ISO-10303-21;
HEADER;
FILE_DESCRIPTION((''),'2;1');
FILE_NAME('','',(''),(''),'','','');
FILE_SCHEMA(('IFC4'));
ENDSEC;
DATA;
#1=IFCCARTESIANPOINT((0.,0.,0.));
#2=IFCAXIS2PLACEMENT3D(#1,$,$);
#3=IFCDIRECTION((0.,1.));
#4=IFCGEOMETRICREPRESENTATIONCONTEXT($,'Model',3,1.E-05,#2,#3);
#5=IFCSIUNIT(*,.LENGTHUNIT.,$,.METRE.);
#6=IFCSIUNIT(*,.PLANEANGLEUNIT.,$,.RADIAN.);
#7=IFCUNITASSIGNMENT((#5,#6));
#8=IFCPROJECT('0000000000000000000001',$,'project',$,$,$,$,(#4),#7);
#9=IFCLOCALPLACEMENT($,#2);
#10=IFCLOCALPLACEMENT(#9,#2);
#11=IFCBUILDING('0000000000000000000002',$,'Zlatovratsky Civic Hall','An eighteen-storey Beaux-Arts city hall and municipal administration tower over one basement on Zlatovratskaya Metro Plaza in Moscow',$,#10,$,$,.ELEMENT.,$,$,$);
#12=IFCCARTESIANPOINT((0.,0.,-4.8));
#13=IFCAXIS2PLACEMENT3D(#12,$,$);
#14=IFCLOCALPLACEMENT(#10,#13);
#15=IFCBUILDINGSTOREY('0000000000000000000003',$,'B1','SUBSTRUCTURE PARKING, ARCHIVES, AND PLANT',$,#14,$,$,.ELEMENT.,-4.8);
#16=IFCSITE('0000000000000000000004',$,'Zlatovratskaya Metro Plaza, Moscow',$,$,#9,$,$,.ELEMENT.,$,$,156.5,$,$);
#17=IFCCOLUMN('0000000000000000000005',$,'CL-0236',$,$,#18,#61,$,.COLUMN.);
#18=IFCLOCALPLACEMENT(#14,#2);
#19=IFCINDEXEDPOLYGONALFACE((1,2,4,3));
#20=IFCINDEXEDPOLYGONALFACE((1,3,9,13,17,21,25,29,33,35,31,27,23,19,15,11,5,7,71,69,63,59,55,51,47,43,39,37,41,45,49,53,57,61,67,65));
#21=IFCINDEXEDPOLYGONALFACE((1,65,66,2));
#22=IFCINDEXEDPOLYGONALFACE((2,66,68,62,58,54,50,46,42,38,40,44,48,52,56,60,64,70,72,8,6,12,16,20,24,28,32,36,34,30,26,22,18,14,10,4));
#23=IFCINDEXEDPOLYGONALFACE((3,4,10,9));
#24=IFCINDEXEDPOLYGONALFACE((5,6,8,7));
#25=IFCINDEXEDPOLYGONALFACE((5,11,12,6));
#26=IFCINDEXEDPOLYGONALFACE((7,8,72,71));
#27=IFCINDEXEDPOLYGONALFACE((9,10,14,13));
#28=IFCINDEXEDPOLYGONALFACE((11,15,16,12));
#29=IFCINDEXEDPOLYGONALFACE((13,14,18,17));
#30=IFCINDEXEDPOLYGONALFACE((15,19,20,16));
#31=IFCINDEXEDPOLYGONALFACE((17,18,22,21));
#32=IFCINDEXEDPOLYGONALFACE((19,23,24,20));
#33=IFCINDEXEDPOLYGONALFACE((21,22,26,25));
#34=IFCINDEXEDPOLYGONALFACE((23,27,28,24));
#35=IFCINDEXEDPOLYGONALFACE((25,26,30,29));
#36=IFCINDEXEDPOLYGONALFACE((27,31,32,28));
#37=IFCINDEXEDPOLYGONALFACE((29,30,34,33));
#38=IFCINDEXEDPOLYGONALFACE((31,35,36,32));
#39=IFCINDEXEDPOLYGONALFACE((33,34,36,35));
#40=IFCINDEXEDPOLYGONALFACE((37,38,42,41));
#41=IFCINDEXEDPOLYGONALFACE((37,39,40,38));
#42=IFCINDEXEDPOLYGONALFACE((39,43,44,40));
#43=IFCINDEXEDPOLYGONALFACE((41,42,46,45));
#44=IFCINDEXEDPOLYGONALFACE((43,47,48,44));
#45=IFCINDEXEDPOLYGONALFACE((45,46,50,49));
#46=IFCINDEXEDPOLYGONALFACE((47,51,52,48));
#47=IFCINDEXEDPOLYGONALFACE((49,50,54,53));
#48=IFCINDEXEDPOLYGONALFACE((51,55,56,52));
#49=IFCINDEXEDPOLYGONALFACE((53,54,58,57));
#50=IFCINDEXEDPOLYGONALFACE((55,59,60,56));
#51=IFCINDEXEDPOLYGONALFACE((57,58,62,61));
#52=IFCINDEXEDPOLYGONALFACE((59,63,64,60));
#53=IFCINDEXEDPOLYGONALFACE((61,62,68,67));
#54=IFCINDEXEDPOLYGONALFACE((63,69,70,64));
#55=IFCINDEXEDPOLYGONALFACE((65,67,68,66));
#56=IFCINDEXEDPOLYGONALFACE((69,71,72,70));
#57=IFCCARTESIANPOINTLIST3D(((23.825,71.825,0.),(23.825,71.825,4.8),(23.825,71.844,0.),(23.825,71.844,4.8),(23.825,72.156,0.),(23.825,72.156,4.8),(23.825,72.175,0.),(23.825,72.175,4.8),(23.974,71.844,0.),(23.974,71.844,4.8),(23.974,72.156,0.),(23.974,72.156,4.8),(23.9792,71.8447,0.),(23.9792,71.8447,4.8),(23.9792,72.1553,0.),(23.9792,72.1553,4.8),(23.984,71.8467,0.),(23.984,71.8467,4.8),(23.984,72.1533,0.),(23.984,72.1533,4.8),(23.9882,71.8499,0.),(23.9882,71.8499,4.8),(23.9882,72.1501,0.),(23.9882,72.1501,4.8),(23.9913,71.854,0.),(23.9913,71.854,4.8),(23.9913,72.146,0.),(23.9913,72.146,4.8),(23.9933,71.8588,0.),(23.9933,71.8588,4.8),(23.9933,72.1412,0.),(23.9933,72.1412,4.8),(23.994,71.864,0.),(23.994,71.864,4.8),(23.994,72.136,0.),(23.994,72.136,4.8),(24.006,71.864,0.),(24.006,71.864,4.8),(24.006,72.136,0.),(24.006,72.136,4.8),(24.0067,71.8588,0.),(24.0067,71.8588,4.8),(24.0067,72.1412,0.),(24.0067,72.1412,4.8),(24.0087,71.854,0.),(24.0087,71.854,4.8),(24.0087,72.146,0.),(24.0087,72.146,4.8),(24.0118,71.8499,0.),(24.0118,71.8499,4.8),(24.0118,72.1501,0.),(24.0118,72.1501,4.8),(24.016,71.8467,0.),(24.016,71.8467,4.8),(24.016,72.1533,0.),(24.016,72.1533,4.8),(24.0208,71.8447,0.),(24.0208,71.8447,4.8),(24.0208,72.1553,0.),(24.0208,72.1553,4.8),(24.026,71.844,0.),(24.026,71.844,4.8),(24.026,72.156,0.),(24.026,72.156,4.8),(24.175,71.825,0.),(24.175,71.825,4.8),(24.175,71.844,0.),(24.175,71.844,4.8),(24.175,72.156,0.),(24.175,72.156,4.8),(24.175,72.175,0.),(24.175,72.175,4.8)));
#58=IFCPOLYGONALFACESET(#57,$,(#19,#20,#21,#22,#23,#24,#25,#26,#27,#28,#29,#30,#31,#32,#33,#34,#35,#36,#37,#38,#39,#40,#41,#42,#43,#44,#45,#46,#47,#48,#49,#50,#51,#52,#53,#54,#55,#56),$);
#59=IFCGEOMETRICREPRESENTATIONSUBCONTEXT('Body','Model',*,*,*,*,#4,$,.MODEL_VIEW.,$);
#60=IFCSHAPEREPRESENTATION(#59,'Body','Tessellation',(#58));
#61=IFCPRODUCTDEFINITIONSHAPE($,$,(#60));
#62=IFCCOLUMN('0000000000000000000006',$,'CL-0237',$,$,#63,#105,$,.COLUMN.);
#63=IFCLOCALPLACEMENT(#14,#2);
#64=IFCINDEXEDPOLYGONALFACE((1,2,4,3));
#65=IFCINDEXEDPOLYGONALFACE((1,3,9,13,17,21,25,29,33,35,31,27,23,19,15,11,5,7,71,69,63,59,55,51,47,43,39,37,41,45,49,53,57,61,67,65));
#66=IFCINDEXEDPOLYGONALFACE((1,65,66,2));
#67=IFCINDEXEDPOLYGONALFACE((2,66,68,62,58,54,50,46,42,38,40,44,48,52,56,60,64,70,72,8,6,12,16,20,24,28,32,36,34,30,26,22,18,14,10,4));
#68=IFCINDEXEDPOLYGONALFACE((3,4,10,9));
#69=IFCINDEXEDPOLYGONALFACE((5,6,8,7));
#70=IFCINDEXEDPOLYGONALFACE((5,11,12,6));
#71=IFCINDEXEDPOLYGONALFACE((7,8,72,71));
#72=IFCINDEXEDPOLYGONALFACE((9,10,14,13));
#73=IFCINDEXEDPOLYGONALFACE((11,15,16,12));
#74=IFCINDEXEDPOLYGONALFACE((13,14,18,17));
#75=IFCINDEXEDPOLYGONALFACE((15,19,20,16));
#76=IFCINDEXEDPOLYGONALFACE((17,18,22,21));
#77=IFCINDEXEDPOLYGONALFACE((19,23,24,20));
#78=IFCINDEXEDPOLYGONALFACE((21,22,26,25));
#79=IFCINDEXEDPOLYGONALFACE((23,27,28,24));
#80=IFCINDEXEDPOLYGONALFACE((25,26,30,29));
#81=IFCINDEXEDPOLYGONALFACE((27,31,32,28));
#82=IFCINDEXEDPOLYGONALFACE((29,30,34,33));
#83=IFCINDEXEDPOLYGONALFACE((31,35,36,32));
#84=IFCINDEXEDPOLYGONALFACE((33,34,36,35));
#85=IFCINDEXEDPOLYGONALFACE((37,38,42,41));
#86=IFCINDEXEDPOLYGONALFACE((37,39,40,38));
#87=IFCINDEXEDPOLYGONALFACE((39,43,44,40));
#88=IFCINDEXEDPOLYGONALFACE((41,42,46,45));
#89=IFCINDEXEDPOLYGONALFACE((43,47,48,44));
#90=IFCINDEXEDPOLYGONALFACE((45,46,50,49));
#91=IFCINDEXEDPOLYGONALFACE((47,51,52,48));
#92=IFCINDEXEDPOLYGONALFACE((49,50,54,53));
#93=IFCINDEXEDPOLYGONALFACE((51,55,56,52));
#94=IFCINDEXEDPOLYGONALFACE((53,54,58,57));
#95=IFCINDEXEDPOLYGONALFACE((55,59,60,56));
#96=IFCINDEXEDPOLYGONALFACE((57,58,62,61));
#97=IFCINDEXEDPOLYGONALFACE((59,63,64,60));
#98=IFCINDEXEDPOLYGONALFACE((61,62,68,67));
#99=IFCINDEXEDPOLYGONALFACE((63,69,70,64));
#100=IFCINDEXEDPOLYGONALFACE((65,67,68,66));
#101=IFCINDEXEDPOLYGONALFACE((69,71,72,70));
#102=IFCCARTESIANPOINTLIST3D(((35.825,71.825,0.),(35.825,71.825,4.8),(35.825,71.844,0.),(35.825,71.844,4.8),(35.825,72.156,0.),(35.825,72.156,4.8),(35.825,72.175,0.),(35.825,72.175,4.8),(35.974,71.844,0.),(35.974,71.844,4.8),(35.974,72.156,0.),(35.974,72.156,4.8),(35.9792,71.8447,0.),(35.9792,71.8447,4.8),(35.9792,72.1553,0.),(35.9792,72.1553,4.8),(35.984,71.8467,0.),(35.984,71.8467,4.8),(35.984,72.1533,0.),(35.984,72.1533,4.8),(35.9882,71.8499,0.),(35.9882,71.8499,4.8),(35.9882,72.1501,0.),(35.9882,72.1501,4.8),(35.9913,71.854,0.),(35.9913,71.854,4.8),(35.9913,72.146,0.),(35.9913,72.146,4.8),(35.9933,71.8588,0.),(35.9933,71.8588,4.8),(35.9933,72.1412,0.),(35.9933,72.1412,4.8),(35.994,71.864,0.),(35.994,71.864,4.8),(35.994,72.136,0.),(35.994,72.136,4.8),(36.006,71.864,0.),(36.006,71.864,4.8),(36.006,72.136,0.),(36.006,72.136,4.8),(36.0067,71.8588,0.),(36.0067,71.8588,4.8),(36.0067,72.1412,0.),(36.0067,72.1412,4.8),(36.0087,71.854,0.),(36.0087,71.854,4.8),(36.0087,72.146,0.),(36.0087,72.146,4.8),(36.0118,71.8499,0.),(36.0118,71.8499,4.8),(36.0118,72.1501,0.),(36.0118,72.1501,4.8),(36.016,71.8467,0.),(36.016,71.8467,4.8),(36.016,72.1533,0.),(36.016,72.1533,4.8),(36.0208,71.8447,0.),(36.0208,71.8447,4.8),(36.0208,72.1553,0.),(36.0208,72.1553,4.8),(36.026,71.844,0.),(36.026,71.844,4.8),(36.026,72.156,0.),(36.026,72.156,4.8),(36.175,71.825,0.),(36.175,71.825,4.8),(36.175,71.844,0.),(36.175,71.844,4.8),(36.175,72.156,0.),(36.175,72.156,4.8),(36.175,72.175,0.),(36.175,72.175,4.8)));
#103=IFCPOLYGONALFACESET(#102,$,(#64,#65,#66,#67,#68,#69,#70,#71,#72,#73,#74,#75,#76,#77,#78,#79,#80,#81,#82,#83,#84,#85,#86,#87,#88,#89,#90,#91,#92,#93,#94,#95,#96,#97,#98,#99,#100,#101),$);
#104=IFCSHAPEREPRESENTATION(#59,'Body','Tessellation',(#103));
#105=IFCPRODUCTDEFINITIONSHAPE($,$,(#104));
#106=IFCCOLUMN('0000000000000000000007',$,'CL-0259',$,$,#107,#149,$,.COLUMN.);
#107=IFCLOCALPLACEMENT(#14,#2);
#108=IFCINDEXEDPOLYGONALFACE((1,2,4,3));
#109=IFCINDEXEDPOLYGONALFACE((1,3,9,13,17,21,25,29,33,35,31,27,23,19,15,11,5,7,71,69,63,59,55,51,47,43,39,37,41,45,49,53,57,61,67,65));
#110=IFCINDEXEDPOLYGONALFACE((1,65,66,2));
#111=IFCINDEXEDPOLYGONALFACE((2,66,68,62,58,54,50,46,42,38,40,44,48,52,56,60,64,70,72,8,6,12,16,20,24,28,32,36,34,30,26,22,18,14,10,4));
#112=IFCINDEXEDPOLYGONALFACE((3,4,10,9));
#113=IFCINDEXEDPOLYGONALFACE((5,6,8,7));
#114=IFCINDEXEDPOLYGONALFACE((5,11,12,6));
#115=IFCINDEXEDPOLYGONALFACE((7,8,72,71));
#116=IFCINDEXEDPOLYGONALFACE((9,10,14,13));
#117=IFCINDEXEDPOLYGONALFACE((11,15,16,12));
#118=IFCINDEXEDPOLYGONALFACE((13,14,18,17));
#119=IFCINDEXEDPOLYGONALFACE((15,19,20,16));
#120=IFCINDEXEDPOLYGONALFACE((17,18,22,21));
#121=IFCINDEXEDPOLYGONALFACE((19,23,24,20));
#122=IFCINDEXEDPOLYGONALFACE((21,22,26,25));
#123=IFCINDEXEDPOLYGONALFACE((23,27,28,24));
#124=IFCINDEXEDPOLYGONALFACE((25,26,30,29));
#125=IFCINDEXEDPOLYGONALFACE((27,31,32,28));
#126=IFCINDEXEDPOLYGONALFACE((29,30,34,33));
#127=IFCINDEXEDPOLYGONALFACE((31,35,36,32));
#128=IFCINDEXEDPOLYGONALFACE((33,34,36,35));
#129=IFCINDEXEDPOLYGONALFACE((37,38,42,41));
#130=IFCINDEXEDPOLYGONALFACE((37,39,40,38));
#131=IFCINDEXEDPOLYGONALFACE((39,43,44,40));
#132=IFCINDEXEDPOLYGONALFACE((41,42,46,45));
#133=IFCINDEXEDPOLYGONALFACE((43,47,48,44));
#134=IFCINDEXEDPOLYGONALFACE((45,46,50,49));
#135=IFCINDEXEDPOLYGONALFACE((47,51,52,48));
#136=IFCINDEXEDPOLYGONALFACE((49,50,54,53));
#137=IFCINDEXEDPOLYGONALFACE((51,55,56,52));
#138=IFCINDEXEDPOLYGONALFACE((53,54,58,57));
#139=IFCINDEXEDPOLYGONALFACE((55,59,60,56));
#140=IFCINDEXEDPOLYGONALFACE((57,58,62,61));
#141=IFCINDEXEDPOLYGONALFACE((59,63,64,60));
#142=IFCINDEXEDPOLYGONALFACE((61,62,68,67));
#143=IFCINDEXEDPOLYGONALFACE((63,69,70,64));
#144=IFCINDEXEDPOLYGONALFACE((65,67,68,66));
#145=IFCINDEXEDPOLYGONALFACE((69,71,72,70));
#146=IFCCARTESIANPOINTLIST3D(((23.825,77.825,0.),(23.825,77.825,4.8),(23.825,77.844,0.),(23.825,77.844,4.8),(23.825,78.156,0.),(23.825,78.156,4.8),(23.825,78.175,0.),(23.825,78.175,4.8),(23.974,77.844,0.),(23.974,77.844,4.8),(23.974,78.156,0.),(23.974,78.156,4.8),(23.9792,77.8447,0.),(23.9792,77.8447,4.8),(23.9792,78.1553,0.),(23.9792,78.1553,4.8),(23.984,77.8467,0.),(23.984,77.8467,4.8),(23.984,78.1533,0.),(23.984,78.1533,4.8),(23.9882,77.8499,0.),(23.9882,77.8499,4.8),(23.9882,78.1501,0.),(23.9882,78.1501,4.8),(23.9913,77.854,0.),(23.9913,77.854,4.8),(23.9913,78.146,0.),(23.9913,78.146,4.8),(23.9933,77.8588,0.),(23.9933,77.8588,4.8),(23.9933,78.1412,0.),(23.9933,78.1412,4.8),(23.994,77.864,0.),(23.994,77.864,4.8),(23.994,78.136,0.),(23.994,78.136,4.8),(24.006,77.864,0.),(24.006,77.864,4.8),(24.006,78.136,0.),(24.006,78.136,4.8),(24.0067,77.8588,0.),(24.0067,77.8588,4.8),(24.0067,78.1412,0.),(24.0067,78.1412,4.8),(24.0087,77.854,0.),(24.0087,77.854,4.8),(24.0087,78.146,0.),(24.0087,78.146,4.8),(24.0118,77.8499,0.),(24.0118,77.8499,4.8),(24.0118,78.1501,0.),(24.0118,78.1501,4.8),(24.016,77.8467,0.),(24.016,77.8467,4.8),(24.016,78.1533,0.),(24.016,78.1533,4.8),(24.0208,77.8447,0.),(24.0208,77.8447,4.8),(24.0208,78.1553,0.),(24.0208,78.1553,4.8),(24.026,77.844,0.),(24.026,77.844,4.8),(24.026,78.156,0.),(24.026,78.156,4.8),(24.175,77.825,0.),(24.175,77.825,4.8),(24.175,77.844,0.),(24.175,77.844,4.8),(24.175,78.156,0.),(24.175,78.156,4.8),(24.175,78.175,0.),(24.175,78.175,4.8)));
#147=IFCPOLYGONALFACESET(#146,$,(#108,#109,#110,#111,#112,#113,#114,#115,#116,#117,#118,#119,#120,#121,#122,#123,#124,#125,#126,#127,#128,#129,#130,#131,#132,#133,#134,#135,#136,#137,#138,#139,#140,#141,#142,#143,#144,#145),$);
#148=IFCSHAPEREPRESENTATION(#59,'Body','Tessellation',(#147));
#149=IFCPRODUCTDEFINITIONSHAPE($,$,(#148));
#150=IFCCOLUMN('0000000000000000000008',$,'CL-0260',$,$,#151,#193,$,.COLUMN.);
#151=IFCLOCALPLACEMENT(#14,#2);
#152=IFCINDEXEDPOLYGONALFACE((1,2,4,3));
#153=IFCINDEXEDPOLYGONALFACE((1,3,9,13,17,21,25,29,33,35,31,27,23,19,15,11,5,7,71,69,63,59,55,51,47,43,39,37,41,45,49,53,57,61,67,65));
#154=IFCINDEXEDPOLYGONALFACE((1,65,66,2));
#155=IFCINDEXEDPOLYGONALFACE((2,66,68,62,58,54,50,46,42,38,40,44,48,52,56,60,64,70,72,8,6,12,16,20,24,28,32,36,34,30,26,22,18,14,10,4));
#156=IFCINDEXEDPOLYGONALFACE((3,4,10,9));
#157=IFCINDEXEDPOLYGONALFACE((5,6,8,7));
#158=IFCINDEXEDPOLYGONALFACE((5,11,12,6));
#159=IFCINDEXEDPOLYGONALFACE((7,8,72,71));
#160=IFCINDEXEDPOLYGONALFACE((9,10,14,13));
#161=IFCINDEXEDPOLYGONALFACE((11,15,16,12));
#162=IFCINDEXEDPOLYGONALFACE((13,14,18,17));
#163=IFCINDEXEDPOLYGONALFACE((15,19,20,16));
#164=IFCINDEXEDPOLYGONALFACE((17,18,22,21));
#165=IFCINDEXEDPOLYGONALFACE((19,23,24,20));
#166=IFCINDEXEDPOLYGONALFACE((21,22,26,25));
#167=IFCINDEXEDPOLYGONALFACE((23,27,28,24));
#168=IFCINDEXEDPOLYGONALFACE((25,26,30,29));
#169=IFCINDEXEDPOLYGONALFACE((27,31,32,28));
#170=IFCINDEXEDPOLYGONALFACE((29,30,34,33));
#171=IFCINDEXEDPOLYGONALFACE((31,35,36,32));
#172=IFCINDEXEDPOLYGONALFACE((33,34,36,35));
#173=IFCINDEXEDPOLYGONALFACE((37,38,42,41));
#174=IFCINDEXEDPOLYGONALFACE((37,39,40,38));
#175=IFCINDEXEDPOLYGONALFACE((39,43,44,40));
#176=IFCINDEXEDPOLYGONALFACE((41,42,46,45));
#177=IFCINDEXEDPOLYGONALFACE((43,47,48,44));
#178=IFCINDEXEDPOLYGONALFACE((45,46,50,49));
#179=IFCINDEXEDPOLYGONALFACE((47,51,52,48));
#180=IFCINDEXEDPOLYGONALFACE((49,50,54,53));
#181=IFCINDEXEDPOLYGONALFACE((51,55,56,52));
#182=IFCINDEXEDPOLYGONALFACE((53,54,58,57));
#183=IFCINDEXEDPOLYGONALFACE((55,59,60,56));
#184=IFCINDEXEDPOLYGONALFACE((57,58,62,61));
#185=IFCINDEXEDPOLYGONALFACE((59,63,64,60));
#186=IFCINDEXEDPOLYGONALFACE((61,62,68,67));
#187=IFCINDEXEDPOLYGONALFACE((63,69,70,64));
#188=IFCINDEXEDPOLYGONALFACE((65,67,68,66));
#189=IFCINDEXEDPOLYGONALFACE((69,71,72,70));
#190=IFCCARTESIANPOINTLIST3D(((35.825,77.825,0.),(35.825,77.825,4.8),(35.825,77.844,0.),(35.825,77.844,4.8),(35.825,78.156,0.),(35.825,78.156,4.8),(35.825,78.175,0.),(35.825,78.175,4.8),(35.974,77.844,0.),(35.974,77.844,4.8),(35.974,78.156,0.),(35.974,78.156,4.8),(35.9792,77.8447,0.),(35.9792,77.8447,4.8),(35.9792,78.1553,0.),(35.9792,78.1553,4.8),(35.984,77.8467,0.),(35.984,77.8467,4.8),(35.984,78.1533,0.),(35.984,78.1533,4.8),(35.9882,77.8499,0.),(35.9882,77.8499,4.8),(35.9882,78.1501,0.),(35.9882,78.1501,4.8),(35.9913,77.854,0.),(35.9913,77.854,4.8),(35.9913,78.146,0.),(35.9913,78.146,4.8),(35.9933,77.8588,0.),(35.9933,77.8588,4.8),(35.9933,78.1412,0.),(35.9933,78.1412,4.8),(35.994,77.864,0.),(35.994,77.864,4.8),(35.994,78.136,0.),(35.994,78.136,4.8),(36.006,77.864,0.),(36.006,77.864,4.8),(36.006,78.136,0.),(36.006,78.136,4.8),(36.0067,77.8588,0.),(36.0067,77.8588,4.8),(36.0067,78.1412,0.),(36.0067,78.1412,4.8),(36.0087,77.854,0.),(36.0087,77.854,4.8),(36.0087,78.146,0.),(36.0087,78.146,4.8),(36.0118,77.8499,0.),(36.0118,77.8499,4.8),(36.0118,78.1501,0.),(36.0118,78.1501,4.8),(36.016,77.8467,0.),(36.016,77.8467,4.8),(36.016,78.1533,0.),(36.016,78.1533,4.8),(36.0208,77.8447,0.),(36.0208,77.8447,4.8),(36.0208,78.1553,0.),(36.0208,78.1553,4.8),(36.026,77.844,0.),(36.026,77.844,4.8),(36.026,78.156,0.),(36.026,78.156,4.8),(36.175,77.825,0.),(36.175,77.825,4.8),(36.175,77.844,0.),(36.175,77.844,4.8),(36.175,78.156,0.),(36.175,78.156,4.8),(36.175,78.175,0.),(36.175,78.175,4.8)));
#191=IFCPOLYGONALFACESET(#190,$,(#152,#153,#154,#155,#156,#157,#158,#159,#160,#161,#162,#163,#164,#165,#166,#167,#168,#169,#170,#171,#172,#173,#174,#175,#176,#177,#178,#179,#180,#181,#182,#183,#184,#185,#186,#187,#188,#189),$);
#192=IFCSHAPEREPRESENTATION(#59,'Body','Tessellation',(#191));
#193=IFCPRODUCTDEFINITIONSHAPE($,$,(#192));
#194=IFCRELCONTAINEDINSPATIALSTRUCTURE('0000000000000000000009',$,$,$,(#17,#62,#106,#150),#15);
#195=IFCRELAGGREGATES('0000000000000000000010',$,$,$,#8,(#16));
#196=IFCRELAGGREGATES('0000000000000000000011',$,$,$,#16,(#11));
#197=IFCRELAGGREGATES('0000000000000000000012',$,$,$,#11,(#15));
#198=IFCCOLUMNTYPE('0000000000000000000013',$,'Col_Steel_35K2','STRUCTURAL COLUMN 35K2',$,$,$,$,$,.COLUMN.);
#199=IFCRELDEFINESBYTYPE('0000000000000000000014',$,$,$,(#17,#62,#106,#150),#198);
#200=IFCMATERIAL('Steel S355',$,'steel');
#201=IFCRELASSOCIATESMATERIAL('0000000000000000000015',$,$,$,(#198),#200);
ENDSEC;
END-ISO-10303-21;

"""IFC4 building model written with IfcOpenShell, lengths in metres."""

from ifc_helpers import new_model, si_unit, direction, frame, origin, origin_2d, place, context, subcontext, project, spatial, i_section, extrude, material, material_profile, profile_set, type_object, element, save


model = new_model("IFC4")

# Units and contexts
model_context = context("Model", 3, precision=1e-05, world=origin(), true_north=direction((0.0, 1.0)))
body_context = subcontext(model_context, "Body", "Model", "MODEL_VIEW")
ifc_project = project(units=[si_unit("LENGTHUNIT", "METRE"), si_unit("PLANEANGLEUNIT", "RADIAN")], contexts=[model_context])

# Site, building, storey
site_placement = place(None, origin())
site = spatial("IfcSite", under=ifc_project, at=site_placement, Name="Zlatovratskaya Metro Plaza, Moscow", CompositionType="ELEMENT", RefElevation=156.5)
building_placement = place(site_placement, origin())
building = spatial("IfcBuilding", under=site, at=building_placement, Name="Zlatovratsky Civic Hall", Description="An eighteen-storey Beaux-Arts city hall and municipal administration tower over one basement on Zlatovratskaya Metro Plaza in Moscow", CompositionType="ELEMENT")
storey_placement = place(building_placement, frame((0.0, 0.0, -4.8)))
storey = spatial("IfcBuildingStorey", under=building, at=storey_placement, Name="B1", Description="SUBSTRUCTURE PARKING, ARCHIVES, AND PLANT", CompositionType="ELEMENT", Elevation=-4.8)

# Columns
ifc_material_1 = material(Name="Steel S355", Category="steel")
ifc_material_profile_1 = material_profile(ifc_material_1, i_section(OverallWidth=0.3501, OverallDepth=0.3501, WebThickness=0.012, FlangeThickness=0.019, FilletRadius=0.02, at=origin_2d()), Name="35K2")
ifc_profile_set_1 = profile_set([ifc_material_profile_1], Name="Steel S355")
column_type = type_object("IfcColumnType", Name="Col_Steel_35K2", Description="STRUCTURAL COLUMN 35K2", PredefinedType="COLUMN", material=ifc_profile_set_1)
for number, where, z_axis, x_axis, name in (
    (1, (24.0, 72.0, 0.0), (0.0, 0.0, 1.0), (1.0, 0.0, 0.0), "CL-0236"),
    (2, (36.0, 72.0, 0.0), (0.0, 0.0, 1.0), (1.0, 0.0, 0.0), "CL-0237"),
    (3, (24.0, 78.0, 0.0), (0.0, 0.0, 1.0), (1.0, 0.0, 0.0), "CL-0259"),
    (4, (36.0, 78.0, 0.0), (0.0, 0.0, 1.0), (1.0, 0.0, 0.0), "CL-0260"),
):
    element("IfcColumn", number, at=place(storey_placement, frame(where, z_axis=z_axis, x_axis=x_axis)), inside=storey, type_object=column_type, Name=name, PredefinedType="COLUMN", context=body_context, shape_type="SweptSolid", body=[
        extrude(i_section(OverallWidth=0.3501, OverallDepth=0.3501, WebThickness=0.012, FlangeThickness=0.019, FilletRadius=0.02, at=origin_2d()), origin(), (0.0, 0.0, 1.0), 4.8),
    ])

save(model, "model.ifc")
